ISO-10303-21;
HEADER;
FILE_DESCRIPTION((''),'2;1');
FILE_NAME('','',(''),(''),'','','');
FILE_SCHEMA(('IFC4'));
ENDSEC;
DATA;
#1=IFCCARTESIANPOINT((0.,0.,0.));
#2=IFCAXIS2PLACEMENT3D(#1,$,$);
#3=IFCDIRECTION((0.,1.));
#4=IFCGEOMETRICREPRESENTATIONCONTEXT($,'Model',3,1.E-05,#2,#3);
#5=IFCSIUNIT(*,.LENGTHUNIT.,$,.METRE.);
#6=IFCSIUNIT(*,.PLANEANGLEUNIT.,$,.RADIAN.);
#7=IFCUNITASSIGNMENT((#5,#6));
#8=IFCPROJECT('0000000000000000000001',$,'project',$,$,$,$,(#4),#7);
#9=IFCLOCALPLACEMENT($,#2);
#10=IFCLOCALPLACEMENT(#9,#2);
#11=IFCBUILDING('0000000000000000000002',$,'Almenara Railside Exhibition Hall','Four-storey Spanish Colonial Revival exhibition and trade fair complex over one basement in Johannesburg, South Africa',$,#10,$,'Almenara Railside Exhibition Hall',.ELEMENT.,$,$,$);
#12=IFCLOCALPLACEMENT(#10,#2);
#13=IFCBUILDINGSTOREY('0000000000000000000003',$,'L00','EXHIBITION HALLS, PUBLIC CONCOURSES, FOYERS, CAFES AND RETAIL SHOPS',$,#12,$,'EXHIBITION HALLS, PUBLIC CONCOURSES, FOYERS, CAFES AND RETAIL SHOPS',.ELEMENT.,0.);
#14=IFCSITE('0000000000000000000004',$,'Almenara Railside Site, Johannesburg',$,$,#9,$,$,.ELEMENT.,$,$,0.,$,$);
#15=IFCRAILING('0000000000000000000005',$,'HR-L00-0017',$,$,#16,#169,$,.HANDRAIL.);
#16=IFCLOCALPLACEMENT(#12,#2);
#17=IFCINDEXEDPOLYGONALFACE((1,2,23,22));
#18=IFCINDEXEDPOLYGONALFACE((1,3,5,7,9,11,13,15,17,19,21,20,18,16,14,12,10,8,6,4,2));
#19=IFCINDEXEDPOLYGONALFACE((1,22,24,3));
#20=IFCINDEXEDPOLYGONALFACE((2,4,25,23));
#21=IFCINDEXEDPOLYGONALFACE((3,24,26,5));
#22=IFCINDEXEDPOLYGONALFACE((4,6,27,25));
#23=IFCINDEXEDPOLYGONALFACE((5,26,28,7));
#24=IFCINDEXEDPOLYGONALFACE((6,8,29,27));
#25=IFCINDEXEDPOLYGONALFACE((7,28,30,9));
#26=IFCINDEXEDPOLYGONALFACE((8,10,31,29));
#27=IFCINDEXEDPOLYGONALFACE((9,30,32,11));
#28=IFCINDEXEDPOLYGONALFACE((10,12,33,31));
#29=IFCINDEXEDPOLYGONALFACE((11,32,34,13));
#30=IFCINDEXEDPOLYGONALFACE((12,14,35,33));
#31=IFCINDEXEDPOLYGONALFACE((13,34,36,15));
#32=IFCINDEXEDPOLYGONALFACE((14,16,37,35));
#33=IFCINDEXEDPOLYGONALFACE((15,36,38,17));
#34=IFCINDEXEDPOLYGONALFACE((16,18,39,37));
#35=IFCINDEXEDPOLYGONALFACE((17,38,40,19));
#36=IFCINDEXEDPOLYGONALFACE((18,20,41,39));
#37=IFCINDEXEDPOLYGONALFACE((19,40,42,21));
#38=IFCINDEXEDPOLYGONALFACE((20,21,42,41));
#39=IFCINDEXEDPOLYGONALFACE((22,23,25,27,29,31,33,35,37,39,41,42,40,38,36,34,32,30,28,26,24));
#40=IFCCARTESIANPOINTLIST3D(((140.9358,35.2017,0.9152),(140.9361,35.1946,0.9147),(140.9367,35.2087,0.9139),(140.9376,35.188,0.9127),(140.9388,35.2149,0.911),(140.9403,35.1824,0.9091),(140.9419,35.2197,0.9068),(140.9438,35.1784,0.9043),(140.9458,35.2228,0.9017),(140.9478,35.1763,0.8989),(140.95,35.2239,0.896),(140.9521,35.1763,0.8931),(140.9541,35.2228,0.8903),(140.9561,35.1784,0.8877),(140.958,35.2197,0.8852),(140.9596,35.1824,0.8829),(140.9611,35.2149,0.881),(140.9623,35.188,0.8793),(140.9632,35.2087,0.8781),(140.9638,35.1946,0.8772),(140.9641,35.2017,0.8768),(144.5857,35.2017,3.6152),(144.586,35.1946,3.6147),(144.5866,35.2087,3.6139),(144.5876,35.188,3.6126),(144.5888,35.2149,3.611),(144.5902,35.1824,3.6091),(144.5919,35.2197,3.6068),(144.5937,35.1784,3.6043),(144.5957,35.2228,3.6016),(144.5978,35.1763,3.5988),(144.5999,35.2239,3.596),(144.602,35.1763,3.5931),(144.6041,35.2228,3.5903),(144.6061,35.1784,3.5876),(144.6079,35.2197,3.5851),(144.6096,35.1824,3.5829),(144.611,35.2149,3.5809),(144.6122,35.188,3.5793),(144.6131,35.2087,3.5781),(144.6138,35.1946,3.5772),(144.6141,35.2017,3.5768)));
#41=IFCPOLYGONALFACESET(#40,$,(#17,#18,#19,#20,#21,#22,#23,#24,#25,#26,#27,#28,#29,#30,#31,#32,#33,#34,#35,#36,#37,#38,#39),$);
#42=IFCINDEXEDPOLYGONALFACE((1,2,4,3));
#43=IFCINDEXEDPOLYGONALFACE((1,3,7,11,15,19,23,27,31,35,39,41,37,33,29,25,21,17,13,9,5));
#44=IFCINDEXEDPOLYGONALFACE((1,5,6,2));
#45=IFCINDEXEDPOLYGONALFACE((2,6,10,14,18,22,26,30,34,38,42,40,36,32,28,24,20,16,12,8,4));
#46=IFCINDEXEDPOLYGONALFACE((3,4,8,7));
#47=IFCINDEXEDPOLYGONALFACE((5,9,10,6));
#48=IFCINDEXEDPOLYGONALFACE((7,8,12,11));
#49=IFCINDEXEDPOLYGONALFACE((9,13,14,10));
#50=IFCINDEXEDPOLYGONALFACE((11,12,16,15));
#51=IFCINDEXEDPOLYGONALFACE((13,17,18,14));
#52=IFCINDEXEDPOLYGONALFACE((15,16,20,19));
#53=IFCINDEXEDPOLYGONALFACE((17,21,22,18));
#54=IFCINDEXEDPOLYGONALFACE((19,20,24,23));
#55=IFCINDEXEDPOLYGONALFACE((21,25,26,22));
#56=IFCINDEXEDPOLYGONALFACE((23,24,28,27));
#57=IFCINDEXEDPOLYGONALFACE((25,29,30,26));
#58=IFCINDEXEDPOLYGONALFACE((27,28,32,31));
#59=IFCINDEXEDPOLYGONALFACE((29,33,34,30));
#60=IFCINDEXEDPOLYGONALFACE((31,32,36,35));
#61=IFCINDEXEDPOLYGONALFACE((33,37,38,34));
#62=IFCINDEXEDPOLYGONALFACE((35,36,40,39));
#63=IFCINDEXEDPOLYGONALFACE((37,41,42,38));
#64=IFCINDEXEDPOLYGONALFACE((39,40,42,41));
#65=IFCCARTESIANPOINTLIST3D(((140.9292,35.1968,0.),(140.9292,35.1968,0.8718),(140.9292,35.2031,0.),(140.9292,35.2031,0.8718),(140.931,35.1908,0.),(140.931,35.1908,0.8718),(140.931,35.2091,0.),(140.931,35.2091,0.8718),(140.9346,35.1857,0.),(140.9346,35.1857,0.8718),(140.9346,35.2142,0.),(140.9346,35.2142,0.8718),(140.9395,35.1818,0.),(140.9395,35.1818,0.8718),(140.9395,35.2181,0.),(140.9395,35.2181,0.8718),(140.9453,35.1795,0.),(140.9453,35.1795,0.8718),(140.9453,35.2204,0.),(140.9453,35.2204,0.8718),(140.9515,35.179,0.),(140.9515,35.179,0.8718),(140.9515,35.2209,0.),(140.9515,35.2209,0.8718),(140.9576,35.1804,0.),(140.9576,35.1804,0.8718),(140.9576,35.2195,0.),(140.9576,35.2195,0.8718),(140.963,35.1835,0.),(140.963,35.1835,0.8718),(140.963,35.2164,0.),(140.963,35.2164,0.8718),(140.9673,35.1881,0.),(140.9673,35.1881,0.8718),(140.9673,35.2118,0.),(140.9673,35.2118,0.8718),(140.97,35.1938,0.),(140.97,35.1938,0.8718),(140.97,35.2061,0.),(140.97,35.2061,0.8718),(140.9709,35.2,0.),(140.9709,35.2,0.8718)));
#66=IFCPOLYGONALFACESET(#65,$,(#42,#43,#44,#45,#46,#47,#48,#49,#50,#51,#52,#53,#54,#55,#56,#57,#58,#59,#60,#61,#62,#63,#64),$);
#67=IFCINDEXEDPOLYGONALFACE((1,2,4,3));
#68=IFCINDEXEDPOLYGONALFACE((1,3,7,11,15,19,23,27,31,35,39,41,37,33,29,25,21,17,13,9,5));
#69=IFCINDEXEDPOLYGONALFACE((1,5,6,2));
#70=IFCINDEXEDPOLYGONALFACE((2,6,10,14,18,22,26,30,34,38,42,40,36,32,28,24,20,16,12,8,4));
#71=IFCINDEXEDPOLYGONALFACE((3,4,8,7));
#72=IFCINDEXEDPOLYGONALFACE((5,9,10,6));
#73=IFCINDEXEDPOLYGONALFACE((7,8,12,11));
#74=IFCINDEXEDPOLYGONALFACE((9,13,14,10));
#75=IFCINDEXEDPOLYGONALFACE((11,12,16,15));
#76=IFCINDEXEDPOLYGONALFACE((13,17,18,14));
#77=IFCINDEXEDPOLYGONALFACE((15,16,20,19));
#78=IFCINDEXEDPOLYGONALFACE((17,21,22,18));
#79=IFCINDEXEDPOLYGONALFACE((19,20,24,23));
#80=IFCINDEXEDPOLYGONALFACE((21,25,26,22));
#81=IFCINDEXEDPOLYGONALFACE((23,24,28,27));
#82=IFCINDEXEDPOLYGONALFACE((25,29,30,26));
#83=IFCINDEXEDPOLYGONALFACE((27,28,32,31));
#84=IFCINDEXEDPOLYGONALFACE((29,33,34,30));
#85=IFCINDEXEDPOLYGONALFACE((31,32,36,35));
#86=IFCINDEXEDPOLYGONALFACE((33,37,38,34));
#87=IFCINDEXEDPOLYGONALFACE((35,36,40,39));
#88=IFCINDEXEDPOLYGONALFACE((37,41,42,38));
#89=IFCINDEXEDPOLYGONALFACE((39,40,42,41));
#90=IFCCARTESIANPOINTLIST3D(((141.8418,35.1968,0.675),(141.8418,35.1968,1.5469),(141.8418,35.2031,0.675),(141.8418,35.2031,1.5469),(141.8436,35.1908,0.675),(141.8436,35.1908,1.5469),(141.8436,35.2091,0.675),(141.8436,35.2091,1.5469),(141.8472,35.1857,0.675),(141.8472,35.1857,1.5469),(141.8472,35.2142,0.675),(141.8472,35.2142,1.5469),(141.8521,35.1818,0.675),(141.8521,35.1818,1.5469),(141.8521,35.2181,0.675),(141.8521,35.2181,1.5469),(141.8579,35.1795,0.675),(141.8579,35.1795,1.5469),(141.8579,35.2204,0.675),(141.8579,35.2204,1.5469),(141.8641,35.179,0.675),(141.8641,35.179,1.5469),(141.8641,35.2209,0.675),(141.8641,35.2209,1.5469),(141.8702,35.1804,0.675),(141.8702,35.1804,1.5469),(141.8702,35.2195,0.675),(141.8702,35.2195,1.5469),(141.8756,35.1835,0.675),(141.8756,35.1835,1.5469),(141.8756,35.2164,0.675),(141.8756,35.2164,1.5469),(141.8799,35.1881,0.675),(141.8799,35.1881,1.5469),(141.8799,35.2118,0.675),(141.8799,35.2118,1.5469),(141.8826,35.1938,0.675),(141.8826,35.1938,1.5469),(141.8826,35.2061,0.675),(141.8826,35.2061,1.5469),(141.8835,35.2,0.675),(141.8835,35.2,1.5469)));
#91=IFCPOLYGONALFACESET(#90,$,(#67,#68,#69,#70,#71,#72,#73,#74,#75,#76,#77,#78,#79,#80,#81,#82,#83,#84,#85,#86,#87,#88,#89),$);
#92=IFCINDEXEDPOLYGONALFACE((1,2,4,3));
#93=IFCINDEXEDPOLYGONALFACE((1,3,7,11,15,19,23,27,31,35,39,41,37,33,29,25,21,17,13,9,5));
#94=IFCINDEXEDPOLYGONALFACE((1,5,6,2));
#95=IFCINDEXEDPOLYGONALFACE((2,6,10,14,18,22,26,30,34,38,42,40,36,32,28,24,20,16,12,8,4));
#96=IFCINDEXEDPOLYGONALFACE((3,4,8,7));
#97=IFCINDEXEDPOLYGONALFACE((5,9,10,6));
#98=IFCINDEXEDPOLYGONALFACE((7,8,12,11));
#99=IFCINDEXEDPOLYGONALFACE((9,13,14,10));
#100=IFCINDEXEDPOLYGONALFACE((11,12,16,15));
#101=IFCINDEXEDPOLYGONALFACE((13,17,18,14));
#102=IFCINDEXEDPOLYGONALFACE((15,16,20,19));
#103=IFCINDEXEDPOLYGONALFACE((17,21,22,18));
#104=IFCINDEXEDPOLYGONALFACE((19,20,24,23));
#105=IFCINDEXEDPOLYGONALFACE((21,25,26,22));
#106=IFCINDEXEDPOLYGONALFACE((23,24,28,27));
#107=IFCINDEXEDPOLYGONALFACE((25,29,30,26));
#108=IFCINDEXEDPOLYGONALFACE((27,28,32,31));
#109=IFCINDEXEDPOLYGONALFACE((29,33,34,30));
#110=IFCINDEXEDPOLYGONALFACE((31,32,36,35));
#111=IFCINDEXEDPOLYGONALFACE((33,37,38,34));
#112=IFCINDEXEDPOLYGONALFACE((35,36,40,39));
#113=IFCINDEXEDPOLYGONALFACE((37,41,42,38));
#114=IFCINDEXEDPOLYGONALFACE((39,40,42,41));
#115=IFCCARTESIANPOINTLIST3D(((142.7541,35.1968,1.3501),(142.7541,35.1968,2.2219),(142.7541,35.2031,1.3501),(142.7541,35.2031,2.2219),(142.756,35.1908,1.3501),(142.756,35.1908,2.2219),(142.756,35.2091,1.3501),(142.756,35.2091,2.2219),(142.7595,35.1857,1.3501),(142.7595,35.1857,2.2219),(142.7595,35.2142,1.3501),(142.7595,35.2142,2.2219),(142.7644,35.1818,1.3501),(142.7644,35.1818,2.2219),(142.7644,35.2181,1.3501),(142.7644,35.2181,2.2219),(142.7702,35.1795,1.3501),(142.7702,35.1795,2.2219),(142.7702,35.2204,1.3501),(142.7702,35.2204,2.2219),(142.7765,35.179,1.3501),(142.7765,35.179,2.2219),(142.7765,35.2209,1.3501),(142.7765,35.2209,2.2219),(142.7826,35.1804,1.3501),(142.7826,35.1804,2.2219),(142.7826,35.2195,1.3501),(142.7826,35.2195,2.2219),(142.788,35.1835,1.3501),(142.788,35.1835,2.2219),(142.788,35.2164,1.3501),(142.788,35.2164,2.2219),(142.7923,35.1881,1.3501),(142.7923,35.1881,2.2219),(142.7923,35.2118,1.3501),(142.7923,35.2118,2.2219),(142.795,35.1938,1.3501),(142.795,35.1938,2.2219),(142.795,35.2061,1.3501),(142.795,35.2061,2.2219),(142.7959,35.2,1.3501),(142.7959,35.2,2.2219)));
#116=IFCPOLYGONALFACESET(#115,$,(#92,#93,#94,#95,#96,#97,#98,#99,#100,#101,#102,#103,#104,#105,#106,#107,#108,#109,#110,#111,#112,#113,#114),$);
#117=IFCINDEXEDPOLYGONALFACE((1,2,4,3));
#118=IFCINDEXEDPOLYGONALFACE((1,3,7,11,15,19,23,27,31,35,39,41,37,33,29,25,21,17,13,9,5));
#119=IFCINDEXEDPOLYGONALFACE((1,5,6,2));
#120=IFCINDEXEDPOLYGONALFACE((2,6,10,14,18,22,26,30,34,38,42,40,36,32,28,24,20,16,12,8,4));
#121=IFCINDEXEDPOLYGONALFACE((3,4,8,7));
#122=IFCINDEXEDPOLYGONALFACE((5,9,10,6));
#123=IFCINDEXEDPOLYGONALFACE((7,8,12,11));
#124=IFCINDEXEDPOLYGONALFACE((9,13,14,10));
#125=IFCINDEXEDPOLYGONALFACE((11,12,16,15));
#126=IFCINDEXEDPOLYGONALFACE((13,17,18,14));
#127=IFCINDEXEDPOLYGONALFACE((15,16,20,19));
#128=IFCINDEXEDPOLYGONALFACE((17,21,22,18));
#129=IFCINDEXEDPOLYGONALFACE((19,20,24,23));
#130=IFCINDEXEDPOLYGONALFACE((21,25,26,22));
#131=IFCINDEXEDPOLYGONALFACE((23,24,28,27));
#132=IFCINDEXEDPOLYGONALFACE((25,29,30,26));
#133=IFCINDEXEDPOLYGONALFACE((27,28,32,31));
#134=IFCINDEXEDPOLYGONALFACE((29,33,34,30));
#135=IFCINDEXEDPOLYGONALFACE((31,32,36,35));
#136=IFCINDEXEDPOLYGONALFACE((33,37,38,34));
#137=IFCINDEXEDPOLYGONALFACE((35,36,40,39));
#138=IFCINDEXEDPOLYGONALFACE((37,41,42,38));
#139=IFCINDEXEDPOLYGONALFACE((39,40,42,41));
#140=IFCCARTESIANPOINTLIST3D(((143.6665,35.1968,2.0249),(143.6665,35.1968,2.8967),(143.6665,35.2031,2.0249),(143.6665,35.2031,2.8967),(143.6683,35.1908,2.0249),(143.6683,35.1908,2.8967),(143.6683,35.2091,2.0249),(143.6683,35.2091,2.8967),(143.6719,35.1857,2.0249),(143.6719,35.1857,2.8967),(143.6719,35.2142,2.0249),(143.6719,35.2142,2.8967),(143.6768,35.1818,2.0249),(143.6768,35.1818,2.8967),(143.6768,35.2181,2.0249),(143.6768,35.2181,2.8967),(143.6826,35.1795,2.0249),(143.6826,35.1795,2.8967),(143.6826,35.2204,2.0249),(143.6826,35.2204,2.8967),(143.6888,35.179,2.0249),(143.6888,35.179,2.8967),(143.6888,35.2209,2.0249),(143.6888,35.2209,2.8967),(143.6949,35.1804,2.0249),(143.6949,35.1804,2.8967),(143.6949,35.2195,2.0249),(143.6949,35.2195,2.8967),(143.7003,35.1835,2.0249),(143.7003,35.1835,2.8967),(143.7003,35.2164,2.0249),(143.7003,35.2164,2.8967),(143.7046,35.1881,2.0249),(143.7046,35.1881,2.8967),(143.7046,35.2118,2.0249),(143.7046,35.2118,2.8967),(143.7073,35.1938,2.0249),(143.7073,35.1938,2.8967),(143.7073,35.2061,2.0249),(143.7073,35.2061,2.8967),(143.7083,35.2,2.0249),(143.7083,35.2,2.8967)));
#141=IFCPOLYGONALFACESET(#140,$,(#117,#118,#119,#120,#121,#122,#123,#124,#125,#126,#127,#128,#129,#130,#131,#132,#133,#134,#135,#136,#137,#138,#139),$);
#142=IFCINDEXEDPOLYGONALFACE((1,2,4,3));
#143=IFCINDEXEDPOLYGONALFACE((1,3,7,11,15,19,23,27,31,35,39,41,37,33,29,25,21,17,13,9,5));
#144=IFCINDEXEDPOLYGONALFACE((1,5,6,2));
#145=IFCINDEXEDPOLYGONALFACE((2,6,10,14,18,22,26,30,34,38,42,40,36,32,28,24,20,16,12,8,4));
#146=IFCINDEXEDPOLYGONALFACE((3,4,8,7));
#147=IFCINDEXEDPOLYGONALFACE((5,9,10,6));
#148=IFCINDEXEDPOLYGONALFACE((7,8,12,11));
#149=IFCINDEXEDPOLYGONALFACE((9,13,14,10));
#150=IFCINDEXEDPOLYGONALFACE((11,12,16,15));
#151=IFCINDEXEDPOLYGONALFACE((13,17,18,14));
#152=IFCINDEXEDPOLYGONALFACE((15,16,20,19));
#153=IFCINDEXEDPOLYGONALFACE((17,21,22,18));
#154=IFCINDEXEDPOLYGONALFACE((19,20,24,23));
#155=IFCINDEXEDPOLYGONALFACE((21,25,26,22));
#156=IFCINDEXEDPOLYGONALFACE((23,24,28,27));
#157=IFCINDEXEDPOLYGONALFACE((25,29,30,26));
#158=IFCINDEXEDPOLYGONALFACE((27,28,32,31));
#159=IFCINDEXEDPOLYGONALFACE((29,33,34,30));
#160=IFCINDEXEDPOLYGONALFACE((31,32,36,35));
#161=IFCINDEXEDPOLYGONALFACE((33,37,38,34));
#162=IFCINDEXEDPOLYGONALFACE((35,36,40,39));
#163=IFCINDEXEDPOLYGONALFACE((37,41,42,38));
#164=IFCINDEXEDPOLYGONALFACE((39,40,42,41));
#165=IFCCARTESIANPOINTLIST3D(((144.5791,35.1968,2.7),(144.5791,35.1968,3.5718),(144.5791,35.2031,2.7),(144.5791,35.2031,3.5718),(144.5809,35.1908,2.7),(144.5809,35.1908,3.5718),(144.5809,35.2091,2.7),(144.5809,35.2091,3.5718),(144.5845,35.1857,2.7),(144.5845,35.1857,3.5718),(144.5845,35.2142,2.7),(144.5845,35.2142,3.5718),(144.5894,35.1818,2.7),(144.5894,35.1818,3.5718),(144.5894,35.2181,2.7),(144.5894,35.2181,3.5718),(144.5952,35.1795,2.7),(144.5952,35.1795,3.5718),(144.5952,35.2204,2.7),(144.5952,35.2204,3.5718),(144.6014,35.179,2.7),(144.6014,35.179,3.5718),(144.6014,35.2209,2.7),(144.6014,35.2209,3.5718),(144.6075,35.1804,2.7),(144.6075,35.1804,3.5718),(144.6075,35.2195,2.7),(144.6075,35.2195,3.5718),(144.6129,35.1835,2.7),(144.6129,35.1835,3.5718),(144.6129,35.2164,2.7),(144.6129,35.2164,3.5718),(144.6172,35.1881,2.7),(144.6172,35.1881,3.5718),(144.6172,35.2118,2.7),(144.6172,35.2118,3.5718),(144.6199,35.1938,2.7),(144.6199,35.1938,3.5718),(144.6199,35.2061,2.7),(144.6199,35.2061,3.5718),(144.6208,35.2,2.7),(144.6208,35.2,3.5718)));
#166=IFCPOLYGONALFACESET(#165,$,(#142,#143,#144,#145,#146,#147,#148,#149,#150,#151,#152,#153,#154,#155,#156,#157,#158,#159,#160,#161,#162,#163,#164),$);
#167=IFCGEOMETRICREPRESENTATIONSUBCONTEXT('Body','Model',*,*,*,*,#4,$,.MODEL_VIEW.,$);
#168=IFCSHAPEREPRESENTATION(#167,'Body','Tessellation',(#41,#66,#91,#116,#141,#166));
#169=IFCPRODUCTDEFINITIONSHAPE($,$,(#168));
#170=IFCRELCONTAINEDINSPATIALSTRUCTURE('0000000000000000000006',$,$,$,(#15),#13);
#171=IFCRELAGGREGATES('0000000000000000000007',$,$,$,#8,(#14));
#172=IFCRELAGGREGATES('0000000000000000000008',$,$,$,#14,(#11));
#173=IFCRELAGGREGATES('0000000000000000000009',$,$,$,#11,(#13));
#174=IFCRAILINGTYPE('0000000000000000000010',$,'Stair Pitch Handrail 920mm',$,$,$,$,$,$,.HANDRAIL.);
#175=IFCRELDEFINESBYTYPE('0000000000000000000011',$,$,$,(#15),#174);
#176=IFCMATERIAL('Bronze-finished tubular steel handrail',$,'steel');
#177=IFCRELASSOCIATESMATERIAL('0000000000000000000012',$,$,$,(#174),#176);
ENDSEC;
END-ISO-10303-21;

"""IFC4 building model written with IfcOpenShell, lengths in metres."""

from ifc_helpers import new_model, si_unit, direction, frame, origin, origin_2d, place, context, subcontext, project, spatial, circle, extrude, material, type_object, element, save


model = new_model("IFC4")

# Units and contexts
model_context = context("Model", 3, precision=1e-05, world=origin(), true_north=direction((0.0, 1.0)))
body_context = subcontext(model_context, "Body", "Model", "MODEL_VIEW")
ifc_project = project(units=[si_unit("LENGTHUNIT", "METRE"), si_unit("PLANEANGLEUNIT", "RADIAN")], contexts=[model_context])

# Site, building, storey
site_placement = place(None, origin())
site = spatial("IfcSite", under=ifc_project, at=site_placement, Name="Almenara Railside Site, Johannesburg", CompositionType="ELEMENT", RefElevation=0.0)
building_placement = place(site_placement, origin())
building = spatial("IfcBuilding", under=site, at=building_placement, Name="Almenara Railside Exhibition Hall", Description="Four-storey Spanish Colonial Revival exhibition and trade fair complex over one basement in Johannesburg, South Africa", LongName="Almenara Railside Exhibition Hall", CompositionType="ELEMENT")
storey_placement = place(building_placement, origin())
storey = spatial("IfcBuildingStorey", under=building, at=storey_placement, Name="L00", Description="EXHIBITION HALLS, PUBLIC CONCOURSES, FOYERS, CAFES AND RETAIL SHOPS", LongName="EXHIBITION HALLS, PUBLIC CONCOURSES, FOYERS, CAFES AND RETAIL SHOPS", CompositionType="ELEMENT", Elevation=0.0)

# Railing
ifc_material_1 = material(Name="Bronze-finished tubular steel handrail", Category="steel")
railing_type_1 = type_object("IfcRailingType", Name="Stair Pitch Handrail 920mm", PredefinedType="HANDRAIL", material=ifc_material_1)
railing_1_placement = place(storey_placement, frame((140.95, 35.2, 0.0)))
element("IfcRailing", 1, at=railing_1_placement, inside=storey, type_object=railing_type_1, Name="HR-L00-0017", PredefinedType="HANDRAIL", context=body_context, shape_type="SweptSolid", body=[
    extrude(circle(Radius=0.0239, at=origin_2d()), frame((0.0, 0.0, 0.896), z_axis=(0.803945, 0.0, 0.594704), x_axis=(0.0, 1.0, 0.0)), (0.0, 0.0, 1.0), 4.54),
    extrude(circle(Radius=0.021, at=origin_2d()), origin(), (0.0, 0.0, 1.0), 0.8718),
    extrude(circle(Radius=0.021, at=origin_2d()), frame((0.9126, 0.0, 0.675)), (0.0, 0.0, 1.0), 0.8718),
    extrude(circle(Radius=0.021, at=origin_2d()), frame((1.825, 0.0, 1.3501)), (0.0, 0.0, 1.0), 0.8718),
    extrude(circle(Radius=0.021, at=origin_2d()), frame((2.7373, 0.0, 2.0249)), (0.0, 0.0, 1.0), 0.8718),
    extrude(circle(Radius=0.021, at=origin_2d()), frame((3.6499, 0.0, 2.7)), (0.0, 0.0, 1.0), 0.8718),
])

save(model, "model.ifc")
